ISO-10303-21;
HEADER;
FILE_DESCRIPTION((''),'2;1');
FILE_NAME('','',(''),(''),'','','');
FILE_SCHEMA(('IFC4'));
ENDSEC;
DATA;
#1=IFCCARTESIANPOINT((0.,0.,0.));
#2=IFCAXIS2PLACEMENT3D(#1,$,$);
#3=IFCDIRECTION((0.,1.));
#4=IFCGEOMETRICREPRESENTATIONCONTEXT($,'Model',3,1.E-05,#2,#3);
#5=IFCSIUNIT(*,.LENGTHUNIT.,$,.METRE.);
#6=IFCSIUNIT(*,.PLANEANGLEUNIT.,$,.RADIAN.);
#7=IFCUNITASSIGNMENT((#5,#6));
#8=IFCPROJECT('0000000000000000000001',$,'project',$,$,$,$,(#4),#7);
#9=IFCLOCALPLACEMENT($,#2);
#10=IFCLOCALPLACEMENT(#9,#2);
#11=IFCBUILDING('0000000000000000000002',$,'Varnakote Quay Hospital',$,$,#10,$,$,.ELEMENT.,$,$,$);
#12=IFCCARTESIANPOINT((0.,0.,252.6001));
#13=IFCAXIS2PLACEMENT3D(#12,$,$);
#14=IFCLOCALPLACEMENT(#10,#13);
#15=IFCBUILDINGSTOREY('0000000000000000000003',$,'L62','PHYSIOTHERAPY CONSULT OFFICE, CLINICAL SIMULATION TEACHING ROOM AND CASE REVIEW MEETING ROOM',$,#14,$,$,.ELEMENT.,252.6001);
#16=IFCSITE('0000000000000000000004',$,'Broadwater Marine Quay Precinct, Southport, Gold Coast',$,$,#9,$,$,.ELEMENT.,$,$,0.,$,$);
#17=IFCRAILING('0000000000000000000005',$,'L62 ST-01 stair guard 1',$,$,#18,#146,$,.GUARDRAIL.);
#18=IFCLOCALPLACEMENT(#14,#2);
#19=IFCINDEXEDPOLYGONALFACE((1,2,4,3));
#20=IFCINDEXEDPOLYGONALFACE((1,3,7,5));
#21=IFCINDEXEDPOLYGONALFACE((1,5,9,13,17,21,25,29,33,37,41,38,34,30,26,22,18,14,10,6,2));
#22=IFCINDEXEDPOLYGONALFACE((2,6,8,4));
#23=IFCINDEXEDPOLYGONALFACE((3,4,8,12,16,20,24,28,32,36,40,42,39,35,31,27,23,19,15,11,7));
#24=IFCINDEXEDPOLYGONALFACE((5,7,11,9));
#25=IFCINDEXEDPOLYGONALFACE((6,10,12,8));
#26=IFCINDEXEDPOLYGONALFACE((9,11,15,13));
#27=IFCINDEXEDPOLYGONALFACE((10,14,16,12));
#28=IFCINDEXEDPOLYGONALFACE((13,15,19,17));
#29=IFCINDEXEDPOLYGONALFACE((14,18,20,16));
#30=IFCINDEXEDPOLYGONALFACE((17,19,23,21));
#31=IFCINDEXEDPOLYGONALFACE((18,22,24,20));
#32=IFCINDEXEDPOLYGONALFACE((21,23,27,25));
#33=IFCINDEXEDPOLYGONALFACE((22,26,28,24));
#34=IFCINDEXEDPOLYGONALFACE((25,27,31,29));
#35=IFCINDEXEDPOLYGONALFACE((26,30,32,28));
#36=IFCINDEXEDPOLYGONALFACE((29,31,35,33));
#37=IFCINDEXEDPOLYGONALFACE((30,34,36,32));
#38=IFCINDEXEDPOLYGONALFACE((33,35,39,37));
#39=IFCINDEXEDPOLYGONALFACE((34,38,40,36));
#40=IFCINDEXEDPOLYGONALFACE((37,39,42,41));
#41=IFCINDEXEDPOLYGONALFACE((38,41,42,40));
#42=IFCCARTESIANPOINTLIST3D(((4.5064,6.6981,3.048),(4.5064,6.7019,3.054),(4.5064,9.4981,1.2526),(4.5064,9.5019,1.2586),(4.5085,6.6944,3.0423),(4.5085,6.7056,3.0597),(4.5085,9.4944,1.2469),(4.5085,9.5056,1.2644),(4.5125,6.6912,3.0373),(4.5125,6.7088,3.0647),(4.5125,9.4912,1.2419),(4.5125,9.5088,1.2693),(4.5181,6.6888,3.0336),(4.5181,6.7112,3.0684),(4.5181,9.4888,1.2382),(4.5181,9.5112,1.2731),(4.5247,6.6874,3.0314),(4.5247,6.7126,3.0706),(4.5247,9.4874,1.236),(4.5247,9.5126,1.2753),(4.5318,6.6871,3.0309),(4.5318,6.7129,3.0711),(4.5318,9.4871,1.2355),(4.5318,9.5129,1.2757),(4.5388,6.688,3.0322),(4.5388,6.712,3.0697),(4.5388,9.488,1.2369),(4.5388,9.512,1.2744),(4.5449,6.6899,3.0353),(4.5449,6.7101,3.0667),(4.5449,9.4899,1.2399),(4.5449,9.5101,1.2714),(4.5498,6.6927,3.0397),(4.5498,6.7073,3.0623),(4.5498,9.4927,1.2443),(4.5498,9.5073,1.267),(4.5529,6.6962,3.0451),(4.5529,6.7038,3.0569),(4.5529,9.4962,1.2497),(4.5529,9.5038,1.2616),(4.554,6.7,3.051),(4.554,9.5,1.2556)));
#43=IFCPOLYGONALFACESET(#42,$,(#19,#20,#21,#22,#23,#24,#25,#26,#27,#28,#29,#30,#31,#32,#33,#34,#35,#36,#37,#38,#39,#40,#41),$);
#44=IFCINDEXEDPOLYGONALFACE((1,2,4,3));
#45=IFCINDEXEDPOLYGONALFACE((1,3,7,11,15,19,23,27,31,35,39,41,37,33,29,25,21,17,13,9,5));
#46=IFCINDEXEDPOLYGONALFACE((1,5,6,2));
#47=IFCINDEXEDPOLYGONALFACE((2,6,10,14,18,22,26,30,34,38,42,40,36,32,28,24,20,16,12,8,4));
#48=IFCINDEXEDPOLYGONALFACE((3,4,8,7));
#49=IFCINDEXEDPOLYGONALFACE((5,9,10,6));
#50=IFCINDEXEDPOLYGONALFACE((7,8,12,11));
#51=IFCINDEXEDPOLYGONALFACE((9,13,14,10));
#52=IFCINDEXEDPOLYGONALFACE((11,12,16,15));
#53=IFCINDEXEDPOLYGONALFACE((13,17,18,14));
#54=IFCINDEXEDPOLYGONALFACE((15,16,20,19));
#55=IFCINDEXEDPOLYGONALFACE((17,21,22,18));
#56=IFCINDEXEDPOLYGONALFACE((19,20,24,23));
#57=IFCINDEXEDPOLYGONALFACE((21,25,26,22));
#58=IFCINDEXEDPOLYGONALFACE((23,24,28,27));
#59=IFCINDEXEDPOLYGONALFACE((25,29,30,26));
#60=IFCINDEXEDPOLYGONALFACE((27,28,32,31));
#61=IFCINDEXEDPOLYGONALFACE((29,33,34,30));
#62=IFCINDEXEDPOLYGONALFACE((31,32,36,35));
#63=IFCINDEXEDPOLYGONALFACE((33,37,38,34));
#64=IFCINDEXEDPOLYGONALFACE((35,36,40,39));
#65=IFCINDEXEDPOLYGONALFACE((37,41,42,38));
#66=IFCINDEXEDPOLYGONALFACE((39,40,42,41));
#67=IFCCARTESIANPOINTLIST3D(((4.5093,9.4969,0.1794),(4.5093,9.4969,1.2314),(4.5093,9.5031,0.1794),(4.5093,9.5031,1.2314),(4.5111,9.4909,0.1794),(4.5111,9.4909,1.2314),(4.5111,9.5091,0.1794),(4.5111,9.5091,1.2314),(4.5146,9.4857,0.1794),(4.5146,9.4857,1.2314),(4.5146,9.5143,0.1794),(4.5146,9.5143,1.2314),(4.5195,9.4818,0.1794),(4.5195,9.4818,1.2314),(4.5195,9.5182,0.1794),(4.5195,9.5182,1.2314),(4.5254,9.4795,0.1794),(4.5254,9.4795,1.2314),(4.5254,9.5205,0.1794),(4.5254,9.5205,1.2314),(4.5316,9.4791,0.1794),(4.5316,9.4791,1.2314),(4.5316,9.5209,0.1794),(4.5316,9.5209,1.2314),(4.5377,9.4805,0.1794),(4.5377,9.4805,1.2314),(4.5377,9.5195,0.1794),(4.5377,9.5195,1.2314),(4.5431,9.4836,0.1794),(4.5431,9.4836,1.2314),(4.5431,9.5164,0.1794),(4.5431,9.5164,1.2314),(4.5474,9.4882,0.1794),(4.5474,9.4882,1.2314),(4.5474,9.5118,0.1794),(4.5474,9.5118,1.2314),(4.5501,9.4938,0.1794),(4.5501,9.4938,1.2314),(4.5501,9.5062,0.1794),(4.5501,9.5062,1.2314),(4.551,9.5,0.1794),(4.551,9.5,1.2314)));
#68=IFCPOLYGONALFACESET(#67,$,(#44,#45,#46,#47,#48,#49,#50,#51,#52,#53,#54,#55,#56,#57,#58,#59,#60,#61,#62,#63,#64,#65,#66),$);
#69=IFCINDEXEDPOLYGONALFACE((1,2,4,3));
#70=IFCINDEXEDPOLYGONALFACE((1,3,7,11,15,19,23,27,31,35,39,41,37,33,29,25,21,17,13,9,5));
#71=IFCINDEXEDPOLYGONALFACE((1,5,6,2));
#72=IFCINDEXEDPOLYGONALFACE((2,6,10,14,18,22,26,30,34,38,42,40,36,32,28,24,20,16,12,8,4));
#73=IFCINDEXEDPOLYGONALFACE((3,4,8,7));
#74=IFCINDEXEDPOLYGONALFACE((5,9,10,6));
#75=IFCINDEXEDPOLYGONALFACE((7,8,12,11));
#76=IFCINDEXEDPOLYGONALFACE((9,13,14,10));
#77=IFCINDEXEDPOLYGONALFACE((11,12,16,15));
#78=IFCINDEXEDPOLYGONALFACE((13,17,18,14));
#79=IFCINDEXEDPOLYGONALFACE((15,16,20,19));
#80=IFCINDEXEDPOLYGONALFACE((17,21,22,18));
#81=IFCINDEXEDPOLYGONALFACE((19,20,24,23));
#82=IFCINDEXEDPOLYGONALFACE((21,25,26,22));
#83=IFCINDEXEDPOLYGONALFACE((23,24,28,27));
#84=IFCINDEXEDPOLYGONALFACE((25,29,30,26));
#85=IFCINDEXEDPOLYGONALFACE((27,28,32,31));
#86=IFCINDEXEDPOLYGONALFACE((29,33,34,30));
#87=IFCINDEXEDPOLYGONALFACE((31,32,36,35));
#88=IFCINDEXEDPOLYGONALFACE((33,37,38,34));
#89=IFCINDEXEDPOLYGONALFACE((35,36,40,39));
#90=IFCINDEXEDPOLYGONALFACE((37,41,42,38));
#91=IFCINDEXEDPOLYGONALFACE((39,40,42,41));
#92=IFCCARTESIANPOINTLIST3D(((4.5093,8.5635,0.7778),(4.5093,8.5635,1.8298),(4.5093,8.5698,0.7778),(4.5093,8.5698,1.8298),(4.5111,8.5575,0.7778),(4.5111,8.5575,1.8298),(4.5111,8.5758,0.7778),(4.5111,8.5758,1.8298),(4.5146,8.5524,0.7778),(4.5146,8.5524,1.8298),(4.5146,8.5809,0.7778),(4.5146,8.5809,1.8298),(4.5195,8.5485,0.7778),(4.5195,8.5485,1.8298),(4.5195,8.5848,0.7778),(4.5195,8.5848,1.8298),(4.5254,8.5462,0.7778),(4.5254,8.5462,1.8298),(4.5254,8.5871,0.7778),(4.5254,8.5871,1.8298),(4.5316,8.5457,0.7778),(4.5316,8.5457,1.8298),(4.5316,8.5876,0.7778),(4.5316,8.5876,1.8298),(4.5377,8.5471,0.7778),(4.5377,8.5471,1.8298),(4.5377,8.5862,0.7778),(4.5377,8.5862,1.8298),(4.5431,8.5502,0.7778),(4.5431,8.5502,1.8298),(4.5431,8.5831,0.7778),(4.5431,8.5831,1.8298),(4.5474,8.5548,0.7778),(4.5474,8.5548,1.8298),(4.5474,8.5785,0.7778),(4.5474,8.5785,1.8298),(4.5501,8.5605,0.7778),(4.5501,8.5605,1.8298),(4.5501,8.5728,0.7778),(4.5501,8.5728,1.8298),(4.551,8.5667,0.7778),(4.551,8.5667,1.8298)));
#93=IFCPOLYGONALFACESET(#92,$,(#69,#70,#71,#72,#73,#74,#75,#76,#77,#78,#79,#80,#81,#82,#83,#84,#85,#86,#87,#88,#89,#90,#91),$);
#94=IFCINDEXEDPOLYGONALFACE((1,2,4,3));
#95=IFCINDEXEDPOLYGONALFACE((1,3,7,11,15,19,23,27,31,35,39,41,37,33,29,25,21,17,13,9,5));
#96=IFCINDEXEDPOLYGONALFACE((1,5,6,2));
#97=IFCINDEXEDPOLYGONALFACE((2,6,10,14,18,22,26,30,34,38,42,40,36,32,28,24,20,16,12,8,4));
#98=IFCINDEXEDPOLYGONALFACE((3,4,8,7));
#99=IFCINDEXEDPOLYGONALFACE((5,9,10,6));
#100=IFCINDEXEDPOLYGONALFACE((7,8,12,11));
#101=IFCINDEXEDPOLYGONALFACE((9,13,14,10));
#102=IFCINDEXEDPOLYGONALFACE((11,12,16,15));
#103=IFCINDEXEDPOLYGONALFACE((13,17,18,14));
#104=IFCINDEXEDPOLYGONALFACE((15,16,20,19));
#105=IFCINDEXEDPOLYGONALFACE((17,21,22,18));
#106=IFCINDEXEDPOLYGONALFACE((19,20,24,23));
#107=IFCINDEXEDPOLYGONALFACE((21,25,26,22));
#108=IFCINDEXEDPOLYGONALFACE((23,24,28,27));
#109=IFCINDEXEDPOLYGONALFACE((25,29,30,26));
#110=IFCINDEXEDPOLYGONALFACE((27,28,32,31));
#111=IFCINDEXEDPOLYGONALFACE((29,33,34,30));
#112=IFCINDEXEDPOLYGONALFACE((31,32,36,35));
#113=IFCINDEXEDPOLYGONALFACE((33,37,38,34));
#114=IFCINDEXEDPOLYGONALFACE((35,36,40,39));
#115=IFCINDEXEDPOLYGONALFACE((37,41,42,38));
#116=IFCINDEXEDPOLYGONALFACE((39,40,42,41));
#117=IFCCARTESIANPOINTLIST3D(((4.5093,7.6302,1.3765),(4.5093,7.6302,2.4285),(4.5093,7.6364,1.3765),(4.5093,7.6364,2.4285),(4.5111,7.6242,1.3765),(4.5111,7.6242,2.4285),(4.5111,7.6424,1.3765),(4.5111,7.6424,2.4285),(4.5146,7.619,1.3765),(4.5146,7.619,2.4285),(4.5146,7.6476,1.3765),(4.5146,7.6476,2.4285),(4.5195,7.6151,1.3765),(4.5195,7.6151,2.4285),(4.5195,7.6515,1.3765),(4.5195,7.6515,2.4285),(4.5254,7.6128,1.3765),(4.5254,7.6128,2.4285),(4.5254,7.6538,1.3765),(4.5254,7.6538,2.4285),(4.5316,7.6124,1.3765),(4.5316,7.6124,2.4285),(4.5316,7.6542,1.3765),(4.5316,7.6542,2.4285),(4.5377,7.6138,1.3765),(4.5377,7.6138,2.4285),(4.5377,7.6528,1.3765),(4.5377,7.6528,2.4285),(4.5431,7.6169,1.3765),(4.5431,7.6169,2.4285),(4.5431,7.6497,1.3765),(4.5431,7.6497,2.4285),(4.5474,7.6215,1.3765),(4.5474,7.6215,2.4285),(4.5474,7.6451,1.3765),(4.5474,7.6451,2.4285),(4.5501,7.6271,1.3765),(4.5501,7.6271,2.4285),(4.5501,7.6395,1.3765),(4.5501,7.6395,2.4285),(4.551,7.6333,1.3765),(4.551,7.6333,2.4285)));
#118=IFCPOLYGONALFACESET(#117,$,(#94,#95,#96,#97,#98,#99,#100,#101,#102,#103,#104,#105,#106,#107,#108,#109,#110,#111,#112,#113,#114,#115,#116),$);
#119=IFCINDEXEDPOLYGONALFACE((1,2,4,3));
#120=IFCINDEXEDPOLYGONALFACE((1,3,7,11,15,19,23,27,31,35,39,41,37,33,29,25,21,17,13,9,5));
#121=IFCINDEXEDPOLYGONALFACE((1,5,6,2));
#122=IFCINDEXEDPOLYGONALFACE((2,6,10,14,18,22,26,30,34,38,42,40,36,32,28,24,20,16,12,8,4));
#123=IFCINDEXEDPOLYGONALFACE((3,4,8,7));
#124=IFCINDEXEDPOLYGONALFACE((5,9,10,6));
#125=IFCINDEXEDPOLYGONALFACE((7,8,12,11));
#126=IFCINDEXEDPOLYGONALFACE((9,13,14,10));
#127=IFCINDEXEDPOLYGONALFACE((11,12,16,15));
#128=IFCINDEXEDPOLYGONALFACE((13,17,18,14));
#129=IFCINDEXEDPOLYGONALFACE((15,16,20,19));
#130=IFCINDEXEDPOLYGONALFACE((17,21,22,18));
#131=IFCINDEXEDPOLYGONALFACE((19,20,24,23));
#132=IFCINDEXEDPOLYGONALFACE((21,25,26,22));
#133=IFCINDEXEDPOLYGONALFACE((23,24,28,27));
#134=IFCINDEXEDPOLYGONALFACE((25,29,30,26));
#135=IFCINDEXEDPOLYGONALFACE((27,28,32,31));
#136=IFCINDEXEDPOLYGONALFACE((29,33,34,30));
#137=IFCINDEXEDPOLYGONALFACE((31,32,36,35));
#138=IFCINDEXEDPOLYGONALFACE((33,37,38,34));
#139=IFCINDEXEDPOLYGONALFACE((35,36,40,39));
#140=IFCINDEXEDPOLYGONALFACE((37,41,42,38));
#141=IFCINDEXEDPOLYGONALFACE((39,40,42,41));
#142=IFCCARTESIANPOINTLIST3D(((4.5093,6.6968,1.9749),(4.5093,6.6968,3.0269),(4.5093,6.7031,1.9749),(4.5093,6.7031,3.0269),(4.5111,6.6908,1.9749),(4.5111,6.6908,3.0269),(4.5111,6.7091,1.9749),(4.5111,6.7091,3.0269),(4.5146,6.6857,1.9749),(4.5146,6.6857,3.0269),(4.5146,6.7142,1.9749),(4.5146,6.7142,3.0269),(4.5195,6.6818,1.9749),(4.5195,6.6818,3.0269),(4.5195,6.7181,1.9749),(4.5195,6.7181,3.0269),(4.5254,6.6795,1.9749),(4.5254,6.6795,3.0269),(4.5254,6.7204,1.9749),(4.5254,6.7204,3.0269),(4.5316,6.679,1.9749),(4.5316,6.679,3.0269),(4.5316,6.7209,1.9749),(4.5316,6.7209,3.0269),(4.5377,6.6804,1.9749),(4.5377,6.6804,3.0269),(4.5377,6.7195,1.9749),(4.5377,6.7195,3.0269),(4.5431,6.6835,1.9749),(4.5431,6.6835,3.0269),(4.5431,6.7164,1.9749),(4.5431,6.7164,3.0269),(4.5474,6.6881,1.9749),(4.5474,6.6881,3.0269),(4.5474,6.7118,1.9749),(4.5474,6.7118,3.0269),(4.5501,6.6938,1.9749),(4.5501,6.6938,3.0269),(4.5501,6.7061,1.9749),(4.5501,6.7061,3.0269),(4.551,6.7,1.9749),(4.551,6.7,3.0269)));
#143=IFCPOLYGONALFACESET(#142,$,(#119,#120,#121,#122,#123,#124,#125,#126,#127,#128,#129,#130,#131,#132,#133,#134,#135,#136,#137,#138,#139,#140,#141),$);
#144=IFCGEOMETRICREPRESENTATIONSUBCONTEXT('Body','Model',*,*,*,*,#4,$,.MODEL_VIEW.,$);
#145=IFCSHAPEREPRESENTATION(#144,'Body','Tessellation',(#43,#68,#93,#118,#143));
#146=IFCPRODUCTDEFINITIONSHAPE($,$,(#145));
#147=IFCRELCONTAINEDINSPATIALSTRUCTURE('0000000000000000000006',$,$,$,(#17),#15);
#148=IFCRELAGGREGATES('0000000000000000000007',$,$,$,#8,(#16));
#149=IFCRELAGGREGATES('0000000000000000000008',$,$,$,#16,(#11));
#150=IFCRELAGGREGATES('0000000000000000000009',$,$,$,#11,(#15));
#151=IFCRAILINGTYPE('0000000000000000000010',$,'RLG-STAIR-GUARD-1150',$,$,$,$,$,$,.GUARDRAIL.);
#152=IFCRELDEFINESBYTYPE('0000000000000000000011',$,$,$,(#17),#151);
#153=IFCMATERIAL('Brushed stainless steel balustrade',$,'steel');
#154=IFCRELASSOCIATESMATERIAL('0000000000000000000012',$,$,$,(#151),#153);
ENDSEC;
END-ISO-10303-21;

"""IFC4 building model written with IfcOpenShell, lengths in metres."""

from ifc_helpers import new_model, si_unit, direction, frame, origin, origin_2d, place, context, subcontext, project, spatial, circle, extrude, material, type_object, element, save


model = new_model("IFC4")

# Units and contexts
model_context = context("Model", 3, precision=1e-05, world=origin(), true_north=direction((0.0, 1.0)))
body_context = subcontext(model_context, "Body", "Model", "MODEL_VIEW")
ifc_project = project(units=[si_unit("LENGTHUNIT", "METRE"), si_unit("PLANEANGLEUNIT", "RADIAN")], contexts=[model_context])

# Site, building, storey
site_placement = place(None, origin())
site = spatial("IfcSite", under=ifc_project, at=site_placement, Name="Broadwater Marine Quay Precinct, Southport, Gold Coast", CompositionType="ELEMENT", RefElevation=0.0)
building_placement = place(site_placement, origin())
building = spatial("IfcBuilding", under=site, at=building_placement, Name="Varnakote Quay Hospital", CompositionType="ELEMENT")
storey_placement = place(building_placement, frame((0.0, 0.0, 252.6001)))
storey = spatial("IfcBuildingStorey", under=building, at=storey_placement, Name="L62", Description="PHYSIOTHERAPY CONSULT OFFICE, CLINICAL SIMULATION TEACHING ROOM AND CASE REVIEW MEETING ROOM", CompositionType="ELEMENT", Elevation=252.6001)

# Railing
ifc_material_1 = material(Name="Brushed stainless steel balustrade", Category="steel")
railing_type_1 = type_object("IfcRailingType", Name="RLG-STAIR-GUARD-1150", PredefinedType="GUARDRAIL", material=ifc_material_1)
railing_1_placement = place(storey_placement, frame((4.53, 9.5, 0.1794)))
element("IfcRailing", 1, at=railing_1_placement, inside=storey, type_object=railing_type_1, Name="L62 ST-01 stair guard 1", PredefinedType="GUARDRAIL", context=body_context, shape_type="SweptSolid", body=[
    extrude(circle(Radius=0.0239, at=origin_2d()), frame((0.0, 0.0, 1.0762), z_axis=(0.0, -0.84181, 0.539774), x_axis=(1.0, 0.0, 0.0)), (0.0, 0.0, 1.0), 3.3262),
    extrude(circle(Radius=0.021, at=origin_2d()), origin(), (0.0, 0.0, 1.0), 1.052),
    extrude(circle(Radius=0.021, at=origin_2d()), frame((0.0, -0.9333, 0.5984)), (0.0, 0.0, 1.0), 1.052),
    extrude(circle(Radius=0.021, at=origin_2d()), frame((0.0, -1.8667, 1.197)), (0.0, 0.0, 1.0), 1.052),
    extrude(circle(Radius=0.021, at=origin_2d()), frame((0.0, -2.8, 1.7954)), (0.0, 0.0, 1.0), 1.052),
])

save(model, "model.ifc")
